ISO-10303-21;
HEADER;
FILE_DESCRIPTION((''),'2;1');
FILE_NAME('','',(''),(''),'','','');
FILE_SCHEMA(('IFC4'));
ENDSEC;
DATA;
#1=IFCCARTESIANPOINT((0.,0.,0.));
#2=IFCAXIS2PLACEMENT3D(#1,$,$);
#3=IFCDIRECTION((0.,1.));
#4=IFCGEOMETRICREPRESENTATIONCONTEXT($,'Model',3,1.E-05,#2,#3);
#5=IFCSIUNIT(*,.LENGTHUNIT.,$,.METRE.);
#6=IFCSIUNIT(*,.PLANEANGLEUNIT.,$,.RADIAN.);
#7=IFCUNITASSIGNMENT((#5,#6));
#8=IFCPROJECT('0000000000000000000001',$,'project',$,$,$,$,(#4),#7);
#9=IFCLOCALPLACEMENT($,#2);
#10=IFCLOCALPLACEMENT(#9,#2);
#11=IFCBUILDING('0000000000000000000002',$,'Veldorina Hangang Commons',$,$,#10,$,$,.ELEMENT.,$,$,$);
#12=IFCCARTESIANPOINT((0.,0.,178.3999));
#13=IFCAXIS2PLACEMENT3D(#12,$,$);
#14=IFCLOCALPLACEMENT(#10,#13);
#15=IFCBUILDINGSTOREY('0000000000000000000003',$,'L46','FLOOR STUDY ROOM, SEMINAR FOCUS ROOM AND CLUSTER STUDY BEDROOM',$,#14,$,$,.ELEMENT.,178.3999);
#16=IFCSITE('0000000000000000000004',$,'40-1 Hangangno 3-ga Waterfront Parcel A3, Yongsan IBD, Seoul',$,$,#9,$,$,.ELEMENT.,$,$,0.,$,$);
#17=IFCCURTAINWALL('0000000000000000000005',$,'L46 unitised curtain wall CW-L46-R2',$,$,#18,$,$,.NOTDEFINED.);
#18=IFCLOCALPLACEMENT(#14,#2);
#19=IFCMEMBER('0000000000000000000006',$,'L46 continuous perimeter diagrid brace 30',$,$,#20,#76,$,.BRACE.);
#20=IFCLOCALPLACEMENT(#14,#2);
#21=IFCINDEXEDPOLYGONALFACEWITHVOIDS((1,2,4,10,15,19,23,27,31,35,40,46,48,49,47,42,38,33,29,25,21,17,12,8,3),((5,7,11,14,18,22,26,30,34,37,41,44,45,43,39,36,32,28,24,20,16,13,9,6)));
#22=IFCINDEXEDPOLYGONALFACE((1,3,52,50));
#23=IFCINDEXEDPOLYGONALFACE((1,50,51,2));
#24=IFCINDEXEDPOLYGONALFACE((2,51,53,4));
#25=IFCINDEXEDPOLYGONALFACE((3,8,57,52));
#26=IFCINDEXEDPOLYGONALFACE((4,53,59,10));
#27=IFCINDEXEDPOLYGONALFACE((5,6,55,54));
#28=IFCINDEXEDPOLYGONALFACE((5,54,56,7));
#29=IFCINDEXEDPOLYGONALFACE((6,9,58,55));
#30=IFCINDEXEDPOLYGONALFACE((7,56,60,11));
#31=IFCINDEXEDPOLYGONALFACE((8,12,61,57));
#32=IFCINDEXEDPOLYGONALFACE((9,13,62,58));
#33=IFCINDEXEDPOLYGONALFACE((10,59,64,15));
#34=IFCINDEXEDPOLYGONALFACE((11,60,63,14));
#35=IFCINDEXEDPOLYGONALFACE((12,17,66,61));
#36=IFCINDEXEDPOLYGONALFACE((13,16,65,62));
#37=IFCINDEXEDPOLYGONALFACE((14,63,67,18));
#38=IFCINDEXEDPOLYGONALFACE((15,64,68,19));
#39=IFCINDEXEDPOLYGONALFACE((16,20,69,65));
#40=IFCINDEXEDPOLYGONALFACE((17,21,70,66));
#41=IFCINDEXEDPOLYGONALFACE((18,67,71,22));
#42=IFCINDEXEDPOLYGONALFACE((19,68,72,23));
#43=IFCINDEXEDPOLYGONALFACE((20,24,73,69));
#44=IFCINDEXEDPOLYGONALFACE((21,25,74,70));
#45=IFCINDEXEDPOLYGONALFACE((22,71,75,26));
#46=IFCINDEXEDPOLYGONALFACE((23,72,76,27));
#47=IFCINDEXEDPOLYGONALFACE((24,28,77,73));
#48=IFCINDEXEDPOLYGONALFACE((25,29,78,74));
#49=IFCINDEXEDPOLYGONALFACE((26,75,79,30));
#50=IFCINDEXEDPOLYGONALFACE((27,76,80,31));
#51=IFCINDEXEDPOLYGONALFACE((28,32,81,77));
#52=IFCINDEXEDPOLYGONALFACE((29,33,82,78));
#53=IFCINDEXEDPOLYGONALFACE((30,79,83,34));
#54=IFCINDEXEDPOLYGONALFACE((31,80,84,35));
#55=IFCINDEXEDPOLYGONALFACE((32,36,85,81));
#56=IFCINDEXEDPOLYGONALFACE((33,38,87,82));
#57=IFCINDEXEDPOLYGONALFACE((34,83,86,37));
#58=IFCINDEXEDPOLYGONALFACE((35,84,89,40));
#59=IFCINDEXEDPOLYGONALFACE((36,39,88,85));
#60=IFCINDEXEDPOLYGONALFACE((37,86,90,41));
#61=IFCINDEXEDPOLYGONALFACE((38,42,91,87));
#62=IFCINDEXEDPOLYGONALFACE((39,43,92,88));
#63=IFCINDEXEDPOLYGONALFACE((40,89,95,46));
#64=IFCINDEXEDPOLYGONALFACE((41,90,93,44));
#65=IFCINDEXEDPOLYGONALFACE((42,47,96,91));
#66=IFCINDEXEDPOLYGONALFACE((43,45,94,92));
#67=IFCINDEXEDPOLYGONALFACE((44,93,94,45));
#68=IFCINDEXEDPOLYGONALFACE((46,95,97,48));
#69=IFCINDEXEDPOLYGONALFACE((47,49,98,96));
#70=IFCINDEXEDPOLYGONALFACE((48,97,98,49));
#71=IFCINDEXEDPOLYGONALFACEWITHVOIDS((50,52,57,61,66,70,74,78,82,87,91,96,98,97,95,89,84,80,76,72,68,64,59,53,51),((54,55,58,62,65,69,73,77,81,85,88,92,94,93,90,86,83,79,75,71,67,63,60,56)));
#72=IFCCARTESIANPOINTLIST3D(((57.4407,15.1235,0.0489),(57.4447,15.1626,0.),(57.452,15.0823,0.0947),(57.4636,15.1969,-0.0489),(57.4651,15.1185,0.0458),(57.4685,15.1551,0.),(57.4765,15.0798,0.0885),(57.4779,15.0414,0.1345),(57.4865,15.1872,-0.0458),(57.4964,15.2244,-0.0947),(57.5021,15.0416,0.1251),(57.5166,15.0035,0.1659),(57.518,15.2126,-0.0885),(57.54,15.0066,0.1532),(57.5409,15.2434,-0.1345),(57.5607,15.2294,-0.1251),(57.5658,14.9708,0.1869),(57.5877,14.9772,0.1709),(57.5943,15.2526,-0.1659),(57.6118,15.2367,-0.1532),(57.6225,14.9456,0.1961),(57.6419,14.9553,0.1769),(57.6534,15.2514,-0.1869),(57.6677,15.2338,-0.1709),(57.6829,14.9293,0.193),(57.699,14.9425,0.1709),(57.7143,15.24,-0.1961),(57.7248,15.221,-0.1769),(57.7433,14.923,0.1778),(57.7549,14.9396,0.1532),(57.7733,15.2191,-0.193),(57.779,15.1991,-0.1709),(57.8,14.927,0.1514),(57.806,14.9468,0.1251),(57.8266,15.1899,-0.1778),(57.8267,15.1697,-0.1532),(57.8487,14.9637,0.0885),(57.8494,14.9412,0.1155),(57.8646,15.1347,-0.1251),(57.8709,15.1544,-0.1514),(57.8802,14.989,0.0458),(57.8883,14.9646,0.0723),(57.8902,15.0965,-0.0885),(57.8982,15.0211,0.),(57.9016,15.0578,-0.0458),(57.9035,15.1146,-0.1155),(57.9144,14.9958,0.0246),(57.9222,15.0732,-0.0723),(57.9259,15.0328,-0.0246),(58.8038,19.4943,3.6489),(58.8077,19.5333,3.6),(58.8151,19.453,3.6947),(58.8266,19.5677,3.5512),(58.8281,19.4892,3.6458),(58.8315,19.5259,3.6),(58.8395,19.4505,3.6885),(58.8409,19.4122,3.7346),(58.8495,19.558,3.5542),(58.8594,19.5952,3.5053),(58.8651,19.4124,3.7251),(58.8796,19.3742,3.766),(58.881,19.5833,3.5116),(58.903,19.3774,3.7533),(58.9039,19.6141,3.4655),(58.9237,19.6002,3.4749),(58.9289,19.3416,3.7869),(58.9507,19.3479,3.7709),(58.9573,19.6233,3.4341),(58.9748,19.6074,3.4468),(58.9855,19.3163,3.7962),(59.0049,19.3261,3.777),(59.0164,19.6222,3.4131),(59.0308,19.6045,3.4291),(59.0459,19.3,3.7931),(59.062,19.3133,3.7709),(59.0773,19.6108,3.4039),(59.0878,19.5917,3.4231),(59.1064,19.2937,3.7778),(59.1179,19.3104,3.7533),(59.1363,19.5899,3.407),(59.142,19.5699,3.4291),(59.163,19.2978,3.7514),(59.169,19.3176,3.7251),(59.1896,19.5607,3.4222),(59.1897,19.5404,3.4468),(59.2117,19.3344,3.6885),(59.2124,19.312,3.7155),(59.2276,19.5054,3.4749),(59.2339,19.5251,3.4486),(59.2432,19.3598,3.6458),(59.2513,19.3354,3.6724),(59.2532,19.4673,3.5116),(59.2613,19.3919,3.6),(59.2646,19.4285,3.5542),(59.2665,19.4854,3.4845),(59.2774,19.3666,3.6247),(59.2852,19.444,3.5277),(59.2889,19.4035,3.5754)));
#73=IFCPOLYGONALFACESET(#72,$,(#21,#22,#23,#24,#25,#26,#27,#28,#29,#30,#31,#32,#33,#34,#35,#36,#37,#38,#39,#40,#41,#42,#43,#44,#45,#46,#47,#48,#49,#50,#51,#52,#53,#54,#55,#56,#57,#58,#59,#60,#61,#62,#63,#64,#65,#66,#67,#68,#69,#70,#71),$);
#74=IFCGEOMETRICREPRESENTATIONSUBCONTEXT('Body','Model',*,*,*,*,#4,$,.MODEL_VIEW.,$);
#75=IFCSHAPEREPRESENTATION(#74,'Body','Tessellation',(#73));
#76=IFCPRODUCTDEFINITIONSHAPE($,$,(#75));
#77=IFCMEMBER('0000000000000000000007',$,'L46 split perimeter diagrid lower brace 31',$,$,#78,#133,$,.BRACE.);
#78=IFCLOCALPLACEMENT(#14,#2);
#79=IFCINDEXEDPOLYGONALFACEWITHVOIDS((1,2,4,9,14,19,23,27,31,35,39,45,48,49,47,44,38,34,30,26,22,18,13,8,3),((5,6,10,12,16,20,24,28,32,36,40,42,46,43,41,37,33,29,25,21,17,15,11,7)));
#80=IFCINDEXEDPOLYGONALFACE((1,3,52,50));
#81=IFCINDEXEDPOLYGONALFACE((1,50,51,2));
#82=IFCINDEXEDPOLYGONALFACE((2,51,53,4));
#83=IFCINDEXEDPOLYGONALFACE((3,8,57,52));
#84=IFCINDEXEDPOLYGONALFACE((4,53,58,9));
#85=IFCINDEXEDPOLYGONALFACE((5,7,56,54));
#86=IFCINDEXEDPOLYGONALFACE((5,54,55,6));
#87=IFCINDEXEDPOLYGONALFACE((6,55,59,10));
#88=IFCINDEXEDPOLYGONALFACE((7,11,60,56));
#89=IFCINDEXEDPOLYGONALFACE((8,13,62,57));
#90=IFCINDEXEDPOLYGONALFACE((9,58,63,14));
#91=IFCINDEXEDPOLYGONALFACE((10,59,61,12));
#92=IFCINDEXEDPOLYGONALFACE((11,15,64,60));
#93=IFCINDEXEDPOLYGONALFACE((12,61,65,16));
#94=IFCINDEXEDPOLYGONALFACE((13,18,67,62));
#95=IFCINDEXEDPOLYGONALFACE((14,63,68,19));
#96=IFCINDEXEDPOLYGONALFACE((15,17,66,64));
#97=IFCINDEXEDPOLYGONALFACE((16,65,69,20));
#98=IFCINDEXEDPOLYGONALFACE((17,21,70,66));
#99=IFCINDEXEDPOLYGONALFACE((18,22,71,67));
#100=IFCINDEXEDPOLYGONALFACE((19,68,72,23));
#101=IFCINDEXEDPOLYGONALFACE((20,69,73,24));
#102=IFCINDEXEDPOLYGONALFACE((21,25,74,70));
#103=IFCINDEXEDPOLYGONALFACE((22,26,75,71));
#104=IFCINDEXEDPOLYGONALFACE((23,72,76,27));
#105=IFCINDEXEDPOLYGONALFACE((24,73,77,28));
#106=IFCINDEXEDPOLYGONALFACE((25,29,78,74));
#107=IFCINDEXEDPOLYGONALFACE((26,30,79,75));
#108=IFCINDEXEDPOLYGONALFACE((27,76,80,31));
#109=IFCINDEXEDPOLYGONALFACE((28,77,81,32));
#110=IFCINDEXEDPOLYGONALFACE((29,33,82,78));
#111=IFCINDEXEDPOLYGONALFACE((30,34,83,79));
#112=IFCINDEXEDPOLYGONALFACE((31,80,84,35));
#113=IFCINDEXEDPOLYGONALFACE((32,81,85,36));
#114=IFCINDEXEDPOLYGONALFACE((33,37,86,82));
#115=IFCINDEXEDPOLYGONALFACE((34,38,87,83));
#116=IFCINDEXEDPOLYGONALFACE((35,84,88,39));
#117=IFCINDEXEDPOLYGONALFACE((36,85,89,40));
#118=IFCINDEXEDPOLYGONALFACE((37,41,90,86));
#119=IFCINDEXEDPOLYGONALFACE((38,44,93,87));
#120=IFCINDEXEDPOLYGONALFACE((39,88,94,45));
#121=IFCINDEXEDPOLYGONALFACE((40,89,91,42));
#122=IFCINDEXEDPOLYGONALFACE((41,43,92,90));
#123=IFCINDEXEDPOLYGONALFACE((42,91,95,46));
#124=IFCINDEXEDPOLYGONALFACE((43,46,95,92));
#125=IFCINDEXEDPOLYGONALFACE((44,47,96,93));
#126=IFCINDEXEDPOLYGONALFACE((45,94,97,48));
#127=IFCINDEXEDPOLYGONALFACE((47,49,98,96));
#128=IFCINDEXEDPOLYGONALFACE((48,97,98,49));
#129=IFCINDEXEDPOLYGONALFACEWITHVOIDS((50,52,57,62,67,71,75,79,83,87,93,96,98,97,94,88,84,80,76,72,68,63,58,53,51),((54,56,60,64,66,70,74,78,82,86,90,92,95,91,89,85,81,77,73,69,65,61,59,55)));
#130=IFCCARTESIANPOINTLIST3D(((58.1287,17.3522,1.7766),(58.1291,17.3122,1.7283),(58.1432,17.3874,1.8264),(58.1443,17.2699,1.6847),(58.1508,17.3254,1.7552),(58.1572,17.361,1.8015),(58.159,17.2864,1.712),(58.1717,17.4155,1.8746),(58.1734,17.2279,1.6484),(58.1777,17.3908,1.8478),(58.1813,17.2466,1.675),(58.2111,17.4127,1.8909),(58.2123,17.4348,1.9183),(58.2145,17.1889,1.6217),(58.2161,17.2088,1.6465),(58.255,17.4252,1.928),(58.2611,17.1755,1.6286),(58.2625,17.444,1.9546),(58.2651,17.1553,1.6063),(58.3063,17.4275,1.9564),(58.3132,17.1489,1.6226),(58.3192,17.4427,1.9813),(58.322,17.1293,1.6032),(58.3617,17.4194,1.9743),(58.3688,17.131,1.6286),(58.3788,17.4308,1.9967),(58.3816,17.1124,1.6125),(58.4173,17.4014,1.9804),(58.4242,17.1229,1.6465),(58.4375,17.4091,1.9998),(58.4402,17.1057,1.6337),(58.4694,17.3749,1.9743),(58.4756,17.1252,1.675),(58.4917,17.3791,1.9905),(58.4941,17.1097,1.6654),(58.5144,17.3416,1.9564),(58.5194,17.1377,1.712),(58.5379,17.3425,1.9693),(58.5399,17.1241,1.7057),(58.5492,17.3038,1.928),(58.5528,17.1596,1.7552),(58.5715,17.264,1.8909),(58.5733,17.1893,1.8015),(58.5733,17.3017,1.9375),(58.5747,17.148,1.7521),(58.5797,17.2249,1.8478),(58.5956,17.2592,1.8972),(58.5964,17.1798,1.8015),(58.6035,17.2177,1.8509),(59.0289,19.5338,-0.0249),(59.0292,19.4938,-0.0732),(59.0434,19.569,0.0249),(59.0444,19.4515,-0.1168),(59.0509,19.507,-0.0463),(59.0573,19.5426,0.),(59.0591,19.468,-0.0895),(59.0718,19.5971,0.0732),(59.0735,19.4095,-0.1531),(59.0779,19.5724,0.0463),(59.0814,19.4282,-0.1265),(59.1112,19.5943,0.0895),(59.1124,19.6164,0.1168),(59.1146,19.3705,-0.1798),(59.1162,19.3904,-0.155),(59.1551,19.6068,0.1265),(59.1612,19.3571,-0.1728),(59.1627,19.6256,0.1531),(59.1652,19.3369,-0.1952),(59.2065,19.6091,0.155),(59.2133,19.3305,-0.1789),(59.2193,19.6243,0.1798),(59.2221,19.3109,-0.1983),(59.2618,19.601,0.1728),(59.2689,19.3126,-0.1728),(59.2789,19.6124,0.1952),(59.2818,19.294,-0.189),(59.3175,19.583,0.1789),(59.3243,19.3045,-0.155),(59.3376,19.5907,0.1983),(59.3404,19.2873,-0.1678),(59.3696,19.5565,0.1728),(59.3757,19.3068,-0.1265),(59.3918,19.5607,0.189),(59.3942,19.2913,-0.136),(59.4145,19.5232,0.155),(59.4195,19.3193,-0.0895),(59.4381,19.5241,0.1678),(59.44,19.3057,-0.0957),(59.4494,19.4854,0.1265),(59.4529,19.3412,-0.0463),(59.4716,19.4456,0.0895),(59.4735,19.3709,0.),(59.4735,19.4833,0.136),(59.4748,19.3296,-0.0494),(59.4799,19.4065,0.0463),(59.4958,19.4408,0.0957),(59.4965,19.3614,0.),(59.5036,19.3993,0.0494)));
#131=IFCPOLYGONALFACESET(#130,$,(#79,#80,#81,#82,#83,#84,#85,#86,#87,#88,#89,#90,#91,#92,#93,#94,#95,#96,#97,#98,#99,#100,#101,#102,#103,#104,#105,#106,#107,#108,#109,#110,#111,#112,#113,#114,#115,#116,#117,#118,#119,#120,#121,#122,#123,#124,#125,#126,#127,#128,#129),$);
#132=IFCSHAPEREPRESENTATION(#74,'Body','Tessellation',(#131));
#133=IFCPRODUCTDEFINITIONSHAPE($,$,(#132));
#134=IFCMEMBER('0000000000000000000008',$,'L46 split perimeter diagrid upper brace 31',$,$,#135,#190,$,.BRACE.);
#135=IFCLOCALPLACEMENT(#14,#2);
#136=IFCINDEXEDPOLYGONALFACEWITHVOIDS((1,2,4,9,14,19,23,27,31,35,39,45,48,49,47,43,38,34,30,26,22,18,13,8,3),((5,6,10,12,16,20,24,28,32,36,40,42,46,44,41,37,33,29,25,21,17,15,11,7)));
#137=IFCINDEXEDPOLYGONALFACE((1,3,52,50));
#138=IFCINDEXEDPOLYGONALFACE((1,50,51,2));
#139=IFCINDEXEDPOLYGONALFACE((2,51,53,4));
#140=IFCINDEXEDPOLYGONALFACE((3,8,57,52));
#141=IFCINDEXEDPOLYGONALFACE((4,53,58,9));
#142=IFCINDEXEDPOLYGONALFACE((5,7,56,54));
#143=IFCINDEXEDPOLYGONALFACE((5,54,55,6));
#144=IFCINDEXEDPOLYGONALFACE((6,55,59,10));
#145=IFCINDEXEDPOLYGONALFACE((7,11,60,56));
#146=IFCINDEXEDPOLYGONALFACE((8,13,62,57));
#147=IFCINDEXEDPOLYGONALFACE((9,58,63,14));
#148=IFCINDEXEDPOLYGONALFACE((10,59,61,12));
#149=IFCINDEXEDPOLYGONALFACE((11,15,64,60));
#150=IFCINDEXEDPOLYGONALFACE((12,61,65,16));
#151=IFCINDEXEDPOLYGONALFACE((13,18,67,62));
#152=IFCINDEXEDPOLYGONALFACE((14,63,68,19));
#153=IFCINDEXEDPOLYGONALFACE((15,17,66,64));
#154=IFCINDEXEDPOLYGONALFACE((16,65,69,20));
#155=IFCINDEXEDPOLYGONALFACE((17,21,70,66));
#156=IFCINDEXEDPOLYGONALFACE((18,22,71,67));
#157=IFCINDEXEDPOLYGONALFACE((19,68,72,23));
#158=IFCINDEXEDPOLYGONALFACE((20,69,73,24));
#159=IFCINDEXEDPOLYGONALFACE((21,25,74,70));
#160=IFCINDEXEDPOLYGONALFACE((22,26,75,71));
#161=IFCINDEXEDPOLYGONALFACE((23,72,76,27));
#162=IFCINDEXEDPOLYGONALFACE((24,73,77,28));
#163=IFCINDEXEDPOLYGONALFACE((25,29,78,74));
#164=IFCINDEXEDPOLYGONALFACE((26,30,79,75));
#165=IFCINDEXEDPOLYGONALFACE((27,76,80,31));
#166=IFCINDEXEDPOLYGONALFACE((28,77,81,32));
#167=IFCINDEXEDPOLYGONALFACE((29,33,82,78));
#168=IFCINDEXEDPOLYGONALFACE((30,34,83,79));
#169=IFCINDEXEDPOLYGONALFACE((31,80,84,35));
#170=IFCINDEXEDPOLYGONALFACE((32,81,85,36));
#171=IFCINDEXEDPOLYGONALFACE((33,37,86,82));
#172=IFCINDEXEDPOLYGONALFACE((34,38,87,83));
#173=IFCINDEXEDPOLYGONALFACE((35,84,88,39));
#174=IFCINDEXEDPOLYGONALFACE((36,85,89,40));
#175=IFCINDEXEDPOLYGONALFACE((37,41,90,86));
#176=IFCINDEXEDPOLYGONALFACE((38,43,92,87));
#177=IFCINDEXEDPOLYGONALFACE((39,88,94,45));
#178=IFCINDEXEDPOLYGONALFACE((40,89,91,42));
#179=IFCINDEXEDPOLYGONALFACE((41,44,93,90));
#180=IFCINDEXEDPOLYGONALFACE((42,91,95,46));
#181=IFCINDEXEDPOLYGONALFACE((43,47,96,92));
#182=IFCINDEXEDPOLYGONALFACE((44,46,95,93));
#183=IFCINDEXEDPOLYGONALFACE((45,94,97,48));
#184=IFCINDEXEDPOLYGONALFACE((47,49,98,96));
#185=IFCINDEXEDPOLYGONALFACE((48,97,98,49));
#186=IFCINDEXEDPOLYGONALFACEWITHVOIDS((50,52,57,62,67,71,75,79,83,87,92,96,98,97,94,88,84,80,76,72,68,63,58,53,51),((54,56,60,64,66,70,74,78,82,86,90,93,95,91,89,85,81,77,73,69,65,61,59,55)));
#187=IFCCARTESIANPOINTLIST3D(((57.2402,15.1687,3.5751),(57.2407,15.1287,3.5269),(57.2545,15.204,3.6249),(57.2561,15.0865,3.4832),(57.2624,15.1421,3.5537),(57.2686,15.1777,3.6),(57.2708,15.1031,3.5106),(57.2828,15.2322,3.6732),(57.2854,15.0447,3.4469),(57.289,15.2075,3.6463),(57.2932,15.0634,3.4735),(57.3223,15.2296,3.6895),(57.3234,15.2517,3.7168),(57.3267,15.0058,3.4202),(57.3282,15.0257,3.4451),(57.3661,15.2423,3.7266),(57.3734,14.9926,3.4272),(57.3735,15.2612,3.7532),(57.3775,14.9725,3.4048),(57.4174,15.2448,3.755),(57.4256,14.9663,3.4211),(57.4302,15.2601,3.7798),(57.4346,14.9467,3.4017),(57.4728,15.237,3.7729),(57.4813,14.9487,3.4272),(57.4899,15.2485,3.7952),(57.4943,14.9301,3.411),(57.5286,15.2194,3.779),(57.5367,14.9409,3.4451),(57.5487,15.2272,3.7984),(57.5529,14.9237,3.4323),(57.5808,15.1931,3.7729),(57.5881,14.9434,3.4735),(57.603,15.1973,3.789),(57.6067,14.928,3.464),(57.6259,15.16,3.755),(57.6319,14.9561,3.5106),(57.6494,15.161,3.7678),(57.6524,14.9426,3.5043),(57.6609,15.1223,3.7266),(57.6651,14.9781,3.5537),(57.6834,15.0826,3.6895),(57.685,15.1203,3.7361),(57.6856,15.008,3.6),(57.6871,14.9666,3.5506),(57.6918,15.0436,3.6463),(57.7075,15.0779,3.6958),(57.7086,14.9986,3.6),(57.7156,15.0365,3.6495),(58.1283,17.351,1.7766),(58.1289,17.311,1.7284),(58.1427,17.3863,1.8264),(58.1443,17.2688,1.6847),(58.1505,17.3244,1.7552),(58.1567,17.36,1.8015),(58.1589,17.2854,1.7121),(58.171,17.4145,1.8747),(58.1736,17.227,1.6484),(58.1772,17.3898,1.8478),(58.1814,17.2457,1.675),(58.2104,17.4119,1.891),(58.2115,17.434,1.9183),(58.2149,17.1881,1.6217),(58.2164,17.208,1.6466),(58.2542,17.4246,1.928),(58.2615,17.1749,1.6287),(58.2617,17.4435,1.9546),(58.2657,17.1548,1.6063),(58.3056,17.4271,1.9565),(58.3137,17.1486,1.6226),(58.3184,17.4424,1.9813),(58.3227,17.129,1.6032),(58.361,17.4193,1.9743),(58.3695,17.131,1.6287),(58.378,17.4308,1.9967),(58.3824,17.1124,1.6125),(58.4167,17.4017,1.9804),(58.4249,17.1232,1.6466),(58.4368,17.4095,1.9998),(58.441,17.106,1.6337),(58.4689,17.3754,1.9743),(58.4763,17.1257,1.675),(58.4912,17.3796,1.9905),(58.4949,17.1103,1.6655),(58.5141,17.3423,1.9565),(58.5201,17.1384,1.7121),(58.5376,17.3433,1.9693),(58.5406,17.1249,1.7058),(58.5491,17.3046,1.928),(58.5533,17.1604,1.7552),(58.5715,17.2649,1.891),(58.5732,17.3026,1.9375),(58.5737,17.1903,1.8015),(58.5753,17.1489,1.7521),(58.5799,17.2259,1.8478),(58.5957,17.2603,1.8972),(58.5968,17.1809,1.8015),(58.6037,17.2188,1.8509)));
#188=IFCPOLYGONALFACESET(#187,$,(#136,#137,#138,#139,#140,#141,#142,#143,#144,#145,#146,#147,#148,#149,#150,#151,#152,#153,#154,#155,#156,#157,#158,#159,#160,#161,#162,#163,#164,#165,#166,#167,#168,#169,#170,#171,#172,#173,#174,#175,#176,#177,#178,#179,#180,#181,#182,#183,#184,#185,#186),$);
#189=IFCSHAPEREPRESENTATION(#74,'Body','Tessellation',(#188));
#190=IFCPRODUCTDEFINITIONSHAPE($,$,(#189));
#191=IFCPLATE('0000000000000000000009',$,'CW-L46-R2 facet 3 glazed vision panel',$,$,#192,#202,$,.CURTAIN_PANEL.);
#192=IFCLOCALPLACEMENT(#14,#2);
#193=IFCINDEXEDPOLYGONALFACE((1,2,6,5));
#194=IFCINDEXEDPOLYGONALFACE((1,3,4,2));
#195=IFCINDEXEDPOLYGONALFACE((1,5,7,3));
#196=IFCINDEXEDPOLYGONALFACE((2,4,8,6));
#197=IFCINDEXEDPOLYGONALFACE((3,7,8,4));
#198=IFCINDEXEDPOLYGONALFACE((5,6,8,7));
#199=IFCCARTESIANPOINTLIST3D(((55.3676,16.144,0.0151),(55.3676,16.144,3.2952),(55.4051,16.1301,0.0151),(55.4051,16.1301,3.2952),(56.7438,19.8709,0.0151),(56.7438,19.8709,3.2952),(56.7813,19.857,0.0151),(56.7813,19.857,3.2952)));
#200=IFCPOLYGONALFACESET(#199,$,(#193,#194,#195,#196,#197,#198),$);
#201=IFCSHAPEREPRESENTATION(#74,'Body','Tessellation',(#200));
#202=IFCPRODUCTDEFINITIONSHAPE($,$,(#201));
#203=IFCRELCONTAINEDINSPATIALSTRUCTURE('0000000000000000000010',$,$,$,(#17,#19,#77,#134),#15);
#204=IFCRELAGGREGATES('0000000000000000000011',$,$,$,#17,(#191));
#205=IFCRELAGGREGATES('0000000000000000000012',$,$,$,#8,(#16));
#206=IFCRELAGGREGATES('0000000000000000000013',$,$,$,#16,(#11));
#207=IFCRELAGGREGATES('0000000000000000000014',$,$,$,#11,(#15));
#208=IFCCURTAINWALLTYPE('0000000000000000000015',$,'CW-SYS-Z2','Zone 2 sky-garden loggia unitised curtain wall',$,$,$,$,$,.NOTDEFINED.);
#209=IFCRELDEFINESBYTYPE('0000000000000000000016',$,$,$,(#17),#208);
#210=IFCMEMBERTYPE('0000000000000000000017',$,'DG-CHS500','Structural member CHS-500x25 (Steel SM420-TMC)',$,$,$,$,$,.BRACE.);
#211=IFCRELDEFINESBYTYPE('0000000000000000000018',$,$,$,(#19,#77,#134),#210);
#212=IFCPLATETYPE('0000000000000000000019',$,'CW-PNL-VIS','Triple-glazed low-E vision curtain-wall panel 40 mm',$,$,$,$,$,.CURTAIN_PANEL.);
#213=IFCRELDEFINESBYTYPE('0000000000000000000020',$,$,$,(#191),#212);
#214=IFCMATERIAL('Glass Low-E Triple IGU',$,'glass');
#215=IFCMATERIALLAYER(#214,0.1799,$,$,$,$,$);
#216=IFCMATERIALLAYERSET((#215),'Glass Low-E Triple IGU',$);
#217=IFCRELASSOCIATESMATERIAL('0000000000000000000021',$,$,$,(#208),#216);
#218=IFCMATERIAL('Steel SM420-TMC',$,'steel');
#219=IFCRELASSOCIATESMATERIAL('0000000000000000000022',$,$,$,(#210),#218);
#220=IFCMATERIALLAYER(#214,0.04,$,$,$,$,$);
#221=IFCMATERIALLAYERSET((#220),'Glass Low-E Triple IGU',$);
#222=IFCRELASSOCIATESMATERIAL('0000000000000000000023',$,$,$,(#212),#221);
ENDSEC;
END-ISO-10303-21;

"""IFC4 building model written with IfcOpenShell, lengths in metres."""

from ifc_helpers import new_model, si_unit, direction, frame, origin, origin_2d, place, context, subcontext, project, spatial, rectangle, hollow_circle, extrude, material, layer, layer_set, material_profile, profile_set, type_object, element, aggregate, save


model = new_model("IFC4")

# Units and contexts
model_context = context("Model", 3, precision=1e-05, world=origin(), true_north=direction((0.0, 1.0)))
body_context = subcontext(model_context, "Body", "Model", "MODEL_VIEW")
ifc_project = project(units=[si_unit("LENGTHUNIT", "METRE"), si_unit("PLANEANGLEUNIT", "RADIAN")], contexts=[model_context])

# Site, building, storey
site_placement = place(None, origin())
site = spatial("IfcSite", under=ifc_project, at=site_placement, Name="40-1 Hangangno 3-ga Waterfront Parcel A3, Yongsan IBD, Seoul", CompositionType="ELEMENT", RefElevation=0.0)
building_placement = place(site_placement, origin())
building = spatial("IfcBuilding", under=site, at=building_placement, Name="Veldorina Hangang Commons", CompositionType="ELEMENT")
storey_placement = place(building_placement, frame((0.0, 0.0, 178.3999)))
storey = spatial("IfcBuildingStorey", under=building, at=storey_placement, Name="L46", Description="FLOOR STUDY ROOM, SEMINAR FOCUS ROOM AND CLUSTER STUDY BEDROOM", CompositionType="ELEMENT", Elevation=178.3999)

# Shared definitions
ifc_material_1 = material(Name="Steel SM420-TMC", Category="steel")

# Curtain wall
ifc_material_2 = material(Name="Glass Low-E Triple IGU", Category="glass")
ifc_layer_1 = layer(ifc_material_2, 0.1799)
ifc_layer_set_1 = layer_set([ifc_layer_1], Name="Glass Low-E Triple IGU")
curtain_wall_type = type_object("IfcCurtainWallType", Name="CW-SYS-Z2", Description="Zone 2 sky-garden loggia unitised curtain wall", PredefinedType="NOTDEFINED", material=ifc_layer_set_1)
curtain_wall_placement = place(storey_placement, origin())
curtain_wall = element("IfcCurtainWall", 1, at=curtain_wall_placement, inside=storey, type_object=curtain_wall_type, Name="L46 unitised curtain wall CW-L46-R2", PredefinedType="NOTDEFINED")

# Members
ifc_material_profile_1 = material_profile(ifc_material_1, hollow_circle(Radius=0.25, WallThickness=0.0249, at=origin_2d()), Name="CHS-500x25")
ifc_profile_set_1 = profile_set([ifc_material_profile_1], Name="Steel SM420-TMC")
member_type_1 = type_object("IfcMemberType", Name="DG-CHS500", Description="Structural member CHS-500x25 (Steel SM420-TMC)", PredefinedType="BRACE", material=ifc_profile_set_1)
member_1_placement = place(storey_placement, frame((57.6833, 15.0881, 0.0), z_axis=(0.234024, 0.750446, 0.618113), x_axis=(-0.954657, 0.297707, 0.0)))
element("IfcMember", 2, at=member_1_placement, inside=storey, type_object=member_type_1, Name="L46 continuous perimeter diagrid brace 30", PredefinedType="BRACE", context=body_context, shape_type="SweptSolid", body=[
    extrude(hollow_circle(Radius=0.25, WallThickness=0.0249, at=origin_2d()), origin(), (0.0, 0.0, 1.0), 5.8242),
])
member_2_placement = place(storey_placement, frame((59.2654, 19.4568, 0.0), z_axis=(-0.303176, -0.734794, 0.606764), x_axis=(0.924406, -0.38141, 0.0)))
element("IfcMember", 3, at=member_2_placement, inside=storey, type_object=member_type_1, Name="L46 split perimeter diagrid lower brace 31", PredefinedType="BRACE", context=body_context, shape_type="SweptSolid", body=[
    extrude(hollow_circle(Radius=0.25, WallThickness=0.0249, at=origin_2d()), origin(), (0.0, 0.0, 1.0), 2.969),
])
member_3_placement = place(storey_placement, frame((58.3652, 17.2751, 1.8015), z_axis=(-0.299636, -0.736242, 0.606767), x_axis=(0.92623, -0.376958, 0.0)))
element("IfcMember", 4, at=member_3_placement, inside=storey, type_object=member_type_1, Name="L46 split perimeter diagrid upper brace 31", PredefinedType="BRACE", context=body_context, shape_type="SweptSolid", body=[
    extrude(hollow_circle(Radius=0.25, WallThickness=0.0249, at=origin_2d()), origin(), (0.0, 0.0, 1.0), 2.9641),
])

# Plate
ifc_layer_2 = layer(ifc_material_2, 0.04)
ifc_layer_set_2 = layer_set([ifc_layer_2], Name="Glass Low-E Triple IGU")
plate_type_1 = type_object("IfcPlateType", Name="CW-PNL-VIS", Description="Triple-glazed low-E vision curtain-wall panel 40 mm", PredefinedType="CURTAIN_PANEL", material=ifc_layer_set_2)
plate_1_placement = place(storey_placement, frame((56.0745, 18.0005, 0.0151), z_axis=(0.0, 0.0, 1.0), x_axis=(0.346395, 0.938089, 0.0)))
plate_1 = element("IfcPlate", 5, at=plate_1_placement, type_object=plate_type_1, Name="CW-L46-R2 facet 3 glazed vision panel", PredefinedType="CURTAIN_PANEL", context=body_context, shape_type="SweptSolid", body=[
    extrude(rectangle(XDim=3.9729, YDim=0.04, at=origin_2d()), origin(), (0.0, 0.0, 1.0), 3.28),
])
aggregate(curtain_wall, [plate_1])

save(model, "model.ifc")
